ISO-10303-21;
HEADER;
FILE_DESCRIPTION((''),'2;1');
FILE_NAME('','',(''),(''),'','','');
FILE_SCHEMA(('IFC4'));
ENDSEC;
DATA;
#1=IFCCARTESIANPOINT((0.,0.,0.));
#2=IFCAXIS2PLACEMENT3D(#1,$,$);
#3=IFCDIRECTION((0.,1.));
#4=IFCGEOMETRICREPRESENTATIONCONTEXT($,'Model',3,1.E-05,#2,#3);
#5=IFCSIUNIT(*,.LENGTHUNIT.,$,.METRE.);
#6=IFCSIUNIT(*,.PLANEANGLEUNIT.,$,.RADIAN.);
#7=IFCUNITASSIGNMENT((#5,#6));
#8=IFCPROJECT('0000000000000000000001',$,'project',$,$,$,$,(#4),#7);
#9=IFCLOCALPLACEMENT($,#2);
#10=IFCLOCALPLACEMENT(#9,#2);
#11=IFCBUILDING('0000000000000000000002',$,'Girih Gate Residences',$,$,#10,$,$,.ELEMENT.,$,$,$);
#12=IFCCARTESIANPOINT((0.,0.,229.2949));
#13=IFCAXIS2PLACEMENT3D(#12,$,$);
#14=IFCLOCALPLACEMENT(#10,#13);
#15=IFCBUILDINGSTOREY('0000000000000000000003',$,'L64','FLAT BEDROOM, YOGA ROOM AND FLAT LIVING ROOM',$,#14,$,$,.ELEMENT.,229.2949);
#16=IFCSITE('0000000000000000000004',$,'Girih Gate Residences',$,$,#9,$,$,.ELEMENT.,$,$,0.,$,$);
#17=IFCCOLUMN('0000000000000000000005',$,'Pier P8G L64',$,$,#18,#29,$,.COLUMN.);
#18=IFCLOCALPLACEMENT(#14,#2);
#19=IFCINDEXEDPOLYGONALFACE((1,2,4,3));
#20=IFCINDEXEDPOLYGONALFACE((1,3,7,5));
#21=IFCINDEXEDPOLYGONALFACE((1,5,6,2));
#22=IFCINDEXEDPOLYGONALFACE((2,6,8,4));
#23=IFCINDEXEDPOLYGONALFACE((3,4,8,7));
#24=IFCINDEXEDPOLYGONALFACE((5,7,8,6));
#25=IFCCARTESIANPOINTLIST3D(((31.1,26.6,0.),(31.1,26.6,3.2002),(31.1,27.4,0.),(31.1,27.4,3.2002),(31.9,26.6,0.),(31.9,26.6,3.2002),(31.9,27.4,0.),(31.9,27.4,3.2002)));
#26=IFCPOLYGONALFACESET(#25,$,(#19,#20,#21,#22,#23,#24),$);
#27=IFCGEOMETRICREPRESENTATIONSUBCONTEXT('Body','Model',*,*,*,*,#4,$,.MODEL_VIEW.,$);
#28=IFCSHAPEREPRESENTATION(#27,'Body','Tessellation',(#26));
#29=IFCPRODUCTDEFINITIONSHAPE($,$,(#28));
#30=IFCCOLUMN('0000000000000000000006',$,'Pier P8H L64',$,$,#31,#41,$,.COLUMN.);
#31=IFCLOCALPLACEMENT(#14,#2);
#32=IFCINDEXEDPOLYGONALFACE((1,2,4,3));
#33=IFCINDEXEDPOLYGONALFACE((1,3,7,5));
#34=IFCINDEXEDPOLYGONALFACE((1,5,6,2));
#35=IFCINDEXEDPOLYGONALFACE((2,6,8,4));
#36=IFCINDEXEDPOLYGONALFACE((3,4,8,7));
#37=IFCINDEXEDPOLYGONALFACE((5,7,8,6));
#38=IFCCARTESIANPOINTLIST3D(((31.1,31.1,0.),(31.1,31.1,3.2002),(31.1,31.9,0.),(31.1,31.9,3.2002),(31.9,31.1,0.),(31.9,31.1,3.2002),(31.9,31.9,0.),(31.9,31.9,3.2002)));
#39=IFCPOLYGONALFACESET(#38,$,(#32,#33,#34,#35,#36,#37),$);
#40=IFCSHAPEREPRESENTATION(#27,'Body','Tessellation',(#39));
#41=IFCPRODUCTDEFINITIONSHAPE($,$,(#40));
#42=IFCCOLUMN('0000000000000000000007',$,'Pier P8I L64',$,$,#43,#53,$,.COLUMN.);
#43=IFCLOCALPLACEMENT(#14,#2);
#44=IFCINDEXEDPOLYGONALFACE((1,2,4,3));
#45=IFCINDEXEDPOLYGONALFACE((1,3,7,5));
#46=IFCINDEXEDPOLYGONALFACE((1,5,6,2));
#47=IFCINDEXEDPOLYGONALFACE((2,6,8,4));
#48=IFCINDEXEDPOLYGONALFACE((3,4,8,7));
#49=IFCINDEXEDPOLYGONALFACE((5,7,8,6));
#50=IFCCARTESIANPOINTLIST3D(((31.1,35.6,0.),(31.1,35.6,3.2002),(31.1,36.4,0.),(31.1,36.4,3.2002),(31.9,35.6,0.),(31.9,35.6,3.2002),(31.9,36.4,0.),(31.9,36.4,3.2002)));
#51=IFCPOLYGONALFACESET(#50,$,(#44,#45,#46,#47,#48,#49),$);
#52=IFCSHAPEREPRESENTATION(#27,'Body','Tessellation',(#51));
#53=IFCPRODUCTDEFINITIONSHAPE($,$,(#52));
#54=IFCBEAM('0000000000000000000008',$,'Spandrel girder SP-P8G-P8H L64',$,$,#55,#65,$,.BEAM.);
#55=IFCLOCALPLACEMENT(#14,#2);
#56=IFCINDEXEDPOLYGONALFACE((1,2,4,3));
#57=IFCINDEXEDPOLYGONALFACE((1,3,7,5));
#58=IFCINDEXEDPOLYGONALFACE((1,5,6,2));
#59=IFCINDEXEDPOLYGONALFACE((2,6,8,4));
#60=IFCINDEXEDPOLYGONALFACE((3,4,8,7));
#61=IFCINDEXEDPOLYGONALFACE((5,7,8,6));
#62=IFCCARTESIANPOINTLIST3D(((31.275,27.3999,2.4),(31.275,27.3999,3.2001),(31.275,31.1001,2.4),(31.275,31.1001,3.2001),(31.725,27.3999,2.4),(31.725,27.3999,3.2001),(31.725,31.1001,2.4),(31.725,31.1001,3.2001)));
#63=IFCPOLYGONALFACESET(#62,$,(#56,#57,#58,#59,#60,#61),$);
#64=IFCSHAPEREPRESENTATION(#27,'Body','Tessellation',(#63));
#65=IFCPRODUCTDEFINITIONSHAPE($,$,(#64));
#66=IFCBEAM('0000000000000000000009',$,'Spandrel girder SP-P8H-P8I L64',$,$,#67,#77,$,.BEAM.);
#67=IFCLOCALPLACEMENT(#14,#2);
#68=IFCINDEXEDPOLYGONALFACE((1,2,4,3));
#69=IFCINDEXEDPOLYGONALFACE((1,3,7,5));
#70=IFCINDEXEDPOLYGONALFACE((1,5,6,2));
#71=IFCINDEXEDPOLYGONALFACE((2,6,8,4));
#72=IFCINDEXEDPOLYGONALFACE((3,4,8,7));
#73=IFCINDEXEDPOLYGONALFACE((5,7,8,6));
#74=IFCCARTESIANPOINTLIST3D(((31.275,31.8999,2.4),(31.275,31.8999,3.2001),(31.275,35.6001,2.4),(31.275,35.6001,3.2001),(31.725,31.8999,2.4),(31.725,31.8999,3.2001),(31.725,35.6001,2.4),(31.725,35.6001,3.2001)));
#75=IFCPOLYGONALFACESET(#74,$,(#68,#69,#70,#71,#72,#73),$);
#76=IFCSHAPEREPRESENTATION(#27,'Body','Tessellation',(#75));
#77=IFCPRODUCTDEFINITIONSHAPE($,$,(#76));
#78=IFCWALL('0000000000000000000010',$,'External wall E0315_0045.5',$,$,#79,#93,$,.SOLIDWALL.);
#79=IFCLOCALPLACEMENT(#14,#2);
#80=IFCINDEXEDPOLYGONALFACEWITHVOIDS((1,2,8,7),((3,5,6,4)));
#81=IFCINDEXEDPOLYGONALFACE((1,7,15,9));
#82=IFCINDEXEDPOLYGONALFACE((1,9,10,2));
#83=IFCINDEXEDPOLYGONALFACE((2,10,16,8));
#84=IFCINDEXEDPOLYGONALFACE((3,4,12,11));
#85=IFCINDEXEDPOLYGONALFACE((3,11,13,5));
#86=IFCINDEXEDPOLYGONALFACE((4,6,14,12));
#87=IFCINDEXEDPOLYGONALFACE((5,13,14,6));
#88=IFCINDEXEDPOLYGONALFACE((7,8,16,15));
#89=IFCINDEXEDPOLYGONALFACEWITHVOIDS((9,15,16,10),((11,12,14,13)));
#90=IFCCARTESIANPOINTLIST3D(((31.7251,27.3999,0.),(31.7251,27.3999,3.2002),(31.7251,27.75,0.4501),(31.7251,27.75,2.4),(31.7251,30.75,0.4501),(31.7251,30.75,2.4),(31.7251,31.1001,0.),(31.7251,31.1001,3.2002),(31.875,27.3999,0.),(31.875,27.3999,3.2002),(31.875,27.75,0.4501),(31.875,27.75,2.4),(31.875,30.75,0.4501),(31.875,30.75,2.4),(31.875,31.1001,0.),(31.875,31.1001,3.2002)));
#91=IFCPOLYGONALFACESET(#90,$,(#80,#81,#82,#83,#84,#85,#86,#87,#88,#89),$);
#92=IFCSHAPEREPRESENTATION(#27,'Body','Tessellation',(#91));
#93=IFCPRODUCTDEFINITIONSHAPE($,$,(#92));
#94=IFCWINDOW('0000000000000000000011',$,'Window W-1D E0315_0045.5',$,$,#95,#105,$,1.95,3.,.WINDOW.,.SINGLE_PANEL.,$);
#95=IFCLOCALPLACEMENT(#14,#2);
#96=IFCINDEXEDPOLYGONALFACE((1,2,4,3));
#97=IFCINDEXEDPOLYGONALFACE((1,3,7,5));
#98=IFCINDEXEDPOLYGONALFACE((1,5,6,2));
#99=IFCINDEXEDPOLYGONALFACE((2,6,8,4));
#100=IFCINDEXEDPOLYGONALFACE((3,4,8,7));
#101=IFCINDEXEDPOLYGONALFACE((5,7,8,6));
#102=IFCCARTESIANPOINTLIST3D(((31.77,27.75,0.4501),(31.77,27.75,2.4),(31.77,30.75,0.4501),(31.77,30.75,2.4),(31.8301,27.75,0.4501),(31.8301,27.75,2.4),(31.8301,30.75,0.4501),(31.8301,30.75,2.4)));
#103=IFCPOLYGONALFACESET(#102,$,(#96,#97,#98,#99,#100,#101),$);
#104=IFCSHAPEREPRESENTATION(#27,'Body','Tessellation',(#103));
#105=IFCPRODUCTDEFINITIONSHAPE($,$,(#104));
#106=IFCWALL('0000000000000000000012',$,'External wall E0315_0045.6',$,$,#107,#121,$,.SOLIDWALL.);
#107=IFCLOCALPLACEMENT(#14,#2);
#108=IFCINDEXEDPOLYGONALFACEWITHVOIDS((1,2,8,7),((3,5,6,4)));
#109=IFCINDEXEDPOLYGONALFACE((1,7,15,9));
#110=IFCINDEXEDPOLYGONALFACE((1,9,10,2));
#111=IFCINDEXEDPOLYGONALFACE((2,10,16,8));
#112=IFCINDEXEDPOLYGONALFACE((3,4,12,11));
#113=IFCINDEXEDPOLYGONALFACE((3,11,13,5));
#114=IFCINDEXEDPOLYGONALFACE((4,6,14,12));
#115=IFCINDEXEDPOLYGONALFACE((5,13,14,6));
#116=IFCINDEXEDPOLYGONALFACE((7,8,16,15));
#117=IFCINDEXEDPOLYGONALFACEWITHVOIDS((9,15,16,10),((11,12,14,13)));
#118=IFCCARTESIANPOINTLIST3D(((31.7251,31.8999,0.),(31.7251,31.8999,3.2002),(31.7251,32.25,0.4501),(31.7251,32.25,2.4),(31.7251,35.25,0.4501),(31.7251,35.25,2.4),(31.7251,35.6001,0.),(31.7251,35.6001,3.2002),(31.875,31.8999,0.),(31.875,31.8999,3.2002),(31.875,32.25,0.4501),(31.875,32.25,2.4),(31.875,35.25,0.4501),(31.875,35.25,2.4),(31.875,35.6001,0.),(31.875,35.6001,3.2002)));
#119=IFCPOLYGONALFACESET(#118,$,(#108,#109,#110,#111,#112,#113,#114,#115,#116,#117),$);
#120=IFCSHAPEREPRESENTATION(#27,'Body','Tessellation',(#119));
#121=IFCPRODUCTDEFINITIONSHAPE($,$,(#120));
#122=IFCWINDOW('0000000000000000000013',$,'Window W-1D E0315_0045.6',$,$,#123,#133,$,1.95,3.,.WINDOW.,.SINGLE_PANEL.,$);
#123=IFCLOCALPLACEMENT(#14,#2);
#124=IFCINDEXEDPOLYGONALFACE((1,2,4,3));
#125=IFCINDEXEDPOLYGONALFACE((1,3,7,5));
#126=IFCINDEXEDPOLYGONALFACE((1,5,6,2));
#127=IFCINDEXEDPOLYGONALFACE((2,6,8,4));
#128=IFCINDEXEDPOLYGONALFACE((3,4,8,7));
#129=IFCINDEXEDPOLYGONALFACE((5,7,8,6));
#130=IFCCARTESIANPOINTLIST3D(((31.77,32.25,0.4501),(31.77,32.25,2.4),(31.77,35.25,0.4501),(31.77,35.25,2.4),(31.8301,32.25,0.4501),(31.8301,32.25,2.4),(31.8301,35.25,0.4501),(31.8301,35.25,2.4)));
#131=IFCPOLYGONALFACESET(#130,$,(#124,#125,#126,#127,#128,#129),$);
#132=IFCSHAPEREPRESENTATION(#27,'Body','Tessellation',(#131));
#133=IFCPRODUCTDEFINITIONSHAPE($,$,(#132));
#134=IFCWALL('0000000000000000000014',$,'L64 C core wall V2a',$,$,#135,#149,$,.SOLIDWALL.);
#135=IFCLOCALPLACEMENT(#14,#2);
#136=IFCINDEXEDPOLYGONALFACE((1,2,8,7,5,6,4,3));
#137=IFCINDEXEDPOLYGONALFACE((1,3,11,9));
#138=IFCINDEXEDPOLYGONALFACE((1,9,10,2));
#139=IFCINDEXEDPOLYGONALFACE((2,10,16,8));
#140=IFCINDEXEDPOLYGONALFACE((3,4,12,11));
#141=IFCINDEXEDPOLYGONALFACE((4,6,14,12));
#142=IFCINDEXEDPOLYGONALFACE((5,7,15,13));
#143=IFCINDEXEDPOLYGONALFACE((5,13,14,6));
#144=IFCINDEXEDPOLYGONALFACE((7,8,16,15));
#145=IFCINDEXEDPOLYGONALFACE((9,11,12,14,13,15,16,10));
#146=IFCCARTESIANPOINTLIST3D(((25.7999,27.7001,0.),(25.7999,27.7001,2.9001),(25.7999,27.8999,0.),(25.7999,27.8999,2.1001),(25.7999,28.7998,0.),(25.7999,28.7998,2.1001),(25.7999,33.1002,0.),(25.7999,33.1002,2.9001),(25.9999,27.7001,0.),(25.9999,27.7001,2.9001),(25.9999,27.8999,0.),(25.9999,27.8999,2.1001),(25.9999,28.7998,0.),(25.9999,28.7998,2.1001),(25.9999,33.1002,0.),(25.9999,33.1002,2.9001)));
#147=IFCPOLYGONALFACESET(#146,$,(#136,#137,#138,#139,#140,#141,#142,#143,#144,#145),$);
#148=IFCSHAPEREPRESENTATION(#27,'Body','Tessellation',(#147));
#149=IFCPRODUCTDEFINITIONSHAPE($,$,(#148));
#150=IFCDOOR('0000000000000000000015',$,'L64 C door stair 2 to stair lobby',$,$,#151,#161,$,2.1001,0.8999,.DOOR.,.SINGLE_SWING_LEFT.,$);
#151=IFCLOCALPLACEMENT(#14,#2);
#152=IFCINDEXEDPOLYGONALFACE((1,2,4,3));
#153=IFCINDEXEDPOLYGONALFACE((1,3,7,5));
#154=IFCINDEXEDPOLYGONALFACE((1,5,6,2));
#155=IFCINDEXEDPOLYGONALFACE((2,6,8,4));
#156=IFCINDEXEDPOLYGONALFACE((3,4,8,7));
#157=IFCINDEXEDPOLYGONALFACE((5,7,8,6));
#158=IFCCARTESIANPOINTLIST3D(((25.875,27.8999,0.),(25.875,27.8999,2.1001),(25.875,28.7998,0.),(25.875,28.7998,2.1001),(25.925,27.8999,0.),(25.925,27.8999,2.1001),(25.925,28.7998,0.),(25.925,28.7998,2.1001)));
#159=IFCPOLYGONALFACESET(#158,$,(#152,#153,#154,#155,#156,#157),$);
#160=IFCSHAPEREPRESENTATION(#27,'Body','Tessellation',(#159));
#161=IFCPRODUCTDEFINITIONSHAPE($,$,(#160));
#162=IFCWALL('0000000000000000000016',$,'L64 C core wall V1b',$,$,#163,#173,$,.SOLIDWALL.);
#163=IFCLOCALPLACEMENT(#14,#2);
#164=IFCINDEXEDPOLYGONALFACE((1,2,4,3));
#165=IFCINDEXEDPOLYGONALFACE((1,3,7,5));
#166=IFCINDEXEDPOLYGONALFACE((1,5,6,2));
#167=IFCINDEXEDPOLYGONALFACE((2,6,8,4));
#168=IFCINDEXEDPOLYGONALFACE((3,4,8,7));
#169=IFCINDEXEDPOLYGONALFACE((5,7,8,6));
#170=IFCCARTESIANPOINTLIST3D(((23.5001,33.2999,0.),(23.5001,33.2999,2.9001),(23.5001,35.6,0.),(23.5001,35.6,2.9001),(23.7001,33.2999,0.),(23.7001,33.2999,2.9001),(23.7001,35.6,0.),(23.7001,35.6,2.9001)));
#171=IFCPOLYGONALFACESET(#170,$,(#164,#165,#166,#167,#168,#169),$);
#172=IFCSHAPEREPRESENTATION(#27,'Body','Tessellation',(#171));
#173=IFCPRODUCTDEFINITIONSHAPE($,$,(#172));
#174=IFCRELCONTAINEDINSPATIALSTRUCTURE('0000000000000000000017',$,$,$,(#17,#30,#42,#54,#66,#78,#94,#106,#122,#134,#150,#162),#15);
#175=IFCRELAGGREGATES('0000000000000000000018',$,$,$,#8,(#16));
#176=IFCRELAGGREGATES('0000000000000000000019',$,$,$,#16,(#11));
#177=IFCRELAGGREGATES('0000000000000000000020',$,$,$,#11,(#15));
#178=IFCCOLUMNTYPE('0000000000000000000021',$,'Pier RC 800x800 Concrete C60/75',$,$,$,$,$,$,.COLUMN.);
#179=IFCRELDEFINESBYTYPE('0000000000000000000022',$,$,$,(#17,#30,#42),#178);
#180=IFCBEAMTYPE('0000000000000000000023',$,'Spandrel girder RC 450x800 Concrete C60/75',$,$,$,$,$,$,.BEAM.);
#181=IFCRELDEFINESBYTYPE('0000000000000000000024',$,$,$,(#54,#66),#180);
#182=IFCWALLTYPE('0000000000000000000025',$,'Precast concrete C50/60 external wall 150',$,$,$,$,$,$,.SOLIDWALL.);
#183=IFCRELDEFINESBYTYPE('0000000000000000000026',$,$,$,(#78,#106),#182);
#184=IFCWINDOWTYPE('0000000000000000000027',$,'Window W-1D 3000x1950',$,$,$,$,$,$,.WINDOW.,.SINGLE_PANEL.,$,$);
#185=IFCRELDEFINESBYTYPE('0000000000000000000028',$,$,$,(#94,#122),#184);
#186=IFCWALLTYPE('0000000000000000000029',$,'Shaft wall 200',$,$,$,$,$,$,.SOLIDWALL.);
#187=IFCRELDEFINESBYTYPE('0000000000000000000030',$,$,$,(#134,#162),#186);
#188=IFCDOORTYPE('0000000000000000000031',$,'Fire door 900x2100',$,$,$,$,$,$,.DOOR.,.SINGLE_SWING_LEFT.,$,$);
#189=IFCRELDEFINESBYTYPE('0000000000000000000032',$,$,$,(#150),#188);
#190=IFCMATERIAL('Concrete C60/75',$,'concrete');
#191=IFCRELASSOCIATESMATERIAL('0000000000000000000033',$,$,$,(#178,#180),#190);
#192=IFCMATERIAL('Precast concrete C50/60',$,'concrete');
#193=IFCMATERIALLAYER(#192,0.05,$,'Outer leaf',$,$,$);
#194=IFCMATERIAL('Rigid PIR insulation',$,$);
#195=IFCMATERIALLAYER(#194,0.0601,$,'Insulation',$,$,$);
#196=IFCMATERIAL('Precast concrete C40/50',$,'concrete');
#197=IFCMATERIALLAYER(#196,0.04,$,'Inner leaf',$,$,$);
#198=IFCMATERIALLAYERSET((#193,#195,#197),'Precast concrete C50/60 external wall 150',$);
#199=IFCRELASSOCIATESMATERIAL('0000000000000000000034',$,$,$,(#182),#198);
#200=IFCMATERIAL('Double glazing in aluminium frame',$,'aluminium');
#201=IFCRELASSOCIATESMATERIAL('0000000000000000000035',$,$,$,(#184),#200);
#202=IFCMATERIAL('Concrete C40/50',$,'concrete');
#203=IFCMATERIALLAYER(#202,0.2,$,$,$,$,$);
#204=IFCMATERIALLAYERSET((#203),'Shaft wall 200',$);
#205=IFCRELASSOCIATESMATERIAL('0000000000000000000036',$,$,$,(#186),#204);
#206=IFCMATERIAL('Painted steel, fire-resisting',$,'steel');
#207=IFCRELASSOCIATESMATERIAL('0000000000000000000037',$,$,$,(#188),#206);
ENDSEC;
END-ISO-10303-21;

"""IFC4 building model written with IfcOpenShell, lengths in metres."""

from ifc_helpers import new_model, si_unit, direction, frame, frame_2d, origin, origin_2d, place, context, subcontext, project, spatial, rectangle, extrude, material, layer, layer_set, material_profile, profile_set, type_object, element, fill, save


model = new_model("IFC4")

# Units and contexts
model_context = context("Model", 3, precision=1e-05, world=origin(), true_north=direction((0.0, 1.0)))
body_context = subcontext(model_context, "Body", "Model", "MODEL_VIEW")
ifc_project = project(units=[si_unit("LENGTHUNIT", "METRE"), si_unit("PLANEANGLEUNIT", "RADIAN")], contexts=[model_context])

# Site, building, storey
site_placement = place(None, origin())
site = spatial("IfcSite", under=ifc_project, at=site_placement, Name="Girih Gate Residences", CompositionType="ELEMENT", RefElevation=0.0)
building_placement = place(site_placement, origin())
building = spatial("IfcBuilding", under=site, at=building_placement, Name="Girih Gate Residences", CompositionType="ELEMENT")
storey_placement = place(building_placement, frame((0.0, 0.0, 229.2949)))
storey = spatial("IfcBuildingStorey", under=building, at=storey_placement, Name="L64", Description="FLAT BEDROOM, YOGA ROOM AND FLAT LIVING ROOM", CompositionType="ELEMENT", Elevation=229.2949)

# Columns
ifc_material_1 = material(Name="Concrete C60/75", Category="concrete")
ifc_material_profile_1 = material_profile(ifc_material_1, rectangle(XDim=0.8, YDim=0.8, at=origin_2d()))
ifc_profile_set_1 = profile_set([ifc_material_profile_1], Name="Concrete C60/75")
column_type = type_object("IfcColumnType", Name="Pier RC 800x800 Concrete C60/75", PredefinedType="COLUMN", material=ifc_profile_set_1)
for number, where, z_axis, x_axis, name in (
    (1, (31.5, 27.0, 0.0), (0.0, 0.0, 1.0), (1.0, 0.0, 0.0), "Pier P8G L64"),
    (2, (31.5, 31.5, 0.0), (0.0, 0.0, 1.0), (1.0, 0.0, 0.0), "Pier P8H L64"),
    (3, (31.5, 36.0, 0.0), (0.0, 0.0, 1.0), (1.0, 0.0, 0.0), "Pier P8I L64"),
):
    element("IfcColumn", number, at=place(storey_placement, frame(where, z_axis=z_axis, x_axis=x_axis)), inside=storey, type_object=column_type, Name=name, PredefinedType="COLUMN", context=body_context, shape_type="SweptSolid", body=[
        extrude(rectangle(XDim=0.8, YDim=0.8, at=origin_2d()), origin(), (0.0, 0.0, 1.0), 3.2002),
    ])

# Beams
ifc_material_profile_2 = material_profile(ifc_material_1, rectangle(XDim=0.45, YDim=0.8, at=origin_2d()))
ifc_profile_set_2 = profile_set([ifc_material_profile_2], Name="Concrete C60/75")
beam_type = type_object("IfcBeamType", Name="Spandrel girder RC 450x800 Concrete C60/75", PredefinedType="BEAM", material=ifc_profile_set_2)
for number, where, z_axis, x_axis, name in (
    (4, (31.5, 27.3999, 2.8), (0.0, 1.0, 0.0), (-1.0, 0.0, 0.0), "Spandrel girder SP-P8G-P8H L64"),
    (5, (31.5, 31.8999, 2.8), (0.0, 1.0, 0.0), (-1.0, 0.0, 0.0), "Spandrel girder SP-P8H-P8I L64"),
):
    element("IfcBeam", number, at=place(storey_placement, frame(where, z_axis=z_axis, x_axis=x_axis)), inside=storey, type_object=beam_type, Name=name, PredefinedType="BEAM", context=body_context, shape_type="SweptSolid", body=[
        extrude(rectangle(XDim=0.45, YDim=0.8, at=origin_2d()), origin(), (0.0, 0.0, 1.0), 3.7002),
    ])

# Walls, openings, windows
ifc_material_2 = material(Name="Precast concrete C50/60", Category="concrete")
ifc_layer_1 = layer(ifc_material_2, 0.05, Name="Outer leaf")
ifc_material_3 = material(Name="Rigid PIR insulation")
ifc_layer_2 = layer(ifc_material_3, 0.0601, Name="Insulation")
ifc_material_4 = material(Name="Precast concrete C40/50", Category="concrete")
ifc_layer_3 = layer(ifc_material_4, 0.04, Name="Inner leaf")
ifc_layer_set_1 = layer_set([ifc_layer_1, ifc_layer_2, ifc_layer_3], Name="Precast concrete C50/60 external wall 150")
wall_type_1 = type_object("IfcWallType", Name="Precast concrete C50/60 external wall 150", PredefinedType="SOLIDWALL", material=ifc_layer_set_1)
wall_1_placement = place(storey_placement, frame((31.8, 31.1001, 0.0), z_axis=(0.0, 0.0, 1.0), x_axis=(0.0, -1.0, 0.0)))
wall_1 = element("IfcWall", 6, at=wall_1_placement, inside=storey, type_object=wall_type_1, Name="External wall E0315_0045.5", PredefinedType="SOLIDWALL", context=body_context, shape_type="SweptSolid", body=[
    extrude(rectangle(XDim=3.7002, YDim=0.1499, at=frame_2d((1.8501, 0.0))), origin(), (0.0, 0.0, 1.0), 3.2002),
])
opening_1_placement = place(wall_1_placement, frame((0.3501, 0.0, 0.45)))
opening_1 = element("IfcOpeningElement", 7, at=opening_1_placement, cuts=wall_1, PredefinedType="OPENING", context=body_context, shape_type="SweptSolid", body=[
    extrude(rectangle(XDim=3.0, YDim=1.95, at=frame_2d((1.5, 0.9751))), frame((0.0, 0.085, 0.0), z_axis=(0.0, -1.0, 0.0), x_axis=(1.0, 0.0, 0.0)), (0.0, 0.0, 1.0), 0.1699),
])
ifc_material_5 = material(Name="Double glazing in aluminium frame", Category="aluminium")
window_type = type_object("IfcWindowType", Name="Window W-1D 3000x1950", PartitioningType="SINGLE_PANEL", PredefinedType="WINDOW", material=ifc_material_5)
window_1_placement = place(opening_1_placement, origin())
window_1 = element("IfcWindow", 8, at=window_1_placement, inside=storey, type_object=window_type, Name="Window W-1D E0315_0045.5", OverallHeight=1.95, OverallWidth=3.0, PartitioningType="SINGLE_PANEL", PredefinedType="WINDOW", context=body_context, shape_type="SweptSolid", body=[
    extrude(rectangle(XDim=3.0, YDim=1.95, at=frame_2d((1.5, 0.9751))), frame((0.0, 0.03, 0.0), z_axis=(0.0, -1.0, 0.0), x_axis=(1.0, 0.0, 0.0)), (0.0, 0.0, 1.0), 0.0601),
])
fill(opening_1, window_1)
wall_2_placement = place(storey_placement, frame((31.8, 35.6001, 0.0), z_axis=(0.0, 0.0, 1.0), x_axis=(0.0, -1.0, 0.0)))
wall_2 = element("IfcWall", 9, at=wall_2_placement, inside=storey, type_object=wall_type_1, Name="External wall E0315_0045.6", PredefinedType="SOLIDWALL", context=body_context, shape_type="SweptSolid", body=[
    extrude(rectangle(XDim=3.7002, YDim=0.1499, at=frame_2d((1.8501, 0.0))), origin(), (0.0, 0.0, 1.0), 3.2002),
])
opening_2_placement = place(wall_2_placement, frame((0.3501, 0.0, 0.45)))
opening_2 = element("IfcOpeningElement", 10, at=opening_2_placement, cuts=wall_2, PredefinedType="OPENING", context=body_context, shape_type="SweptSolid", body=[
    extrude(rectangle(XDim=3.0, YDim=1.95, at=frame_2d((1.5, 0.9751))), frame((0.0, 0.085, 0.0), z_axis=(0.0, -1.0, 0.0), x_axis=(1.0, 0.0, 0.0)), (0.0, 0.0, 1.0), 0.1699),
])
window_2_placement = place(opening_2_placement, origin())
window_2 = element("IfcWindow", 11, at=window_2_placement, inside=storey, type_object=window_type, Name="Window W-1D E0315_0045.6", OverallHeight=1.95, OverallWidth=3.0, PartitioningType="SINGLE_PANEL", PredefinedType="WINDOW", context=body_context, shape_type="SweptSolid", body=[
    extrude(rectangle(XDim=3.0, YDim=1.95, at=frame_2d((1.5, 0.9751))), frame((0.0, 0.03, 0.0), z_axis=(0.0, -1.0, 0.0), x_axis=(1.0, 0.0, 0.0)), (0.0, 0.0, 1.0), 0.0601),
])
fill(opening_2, window_2)

# Wall, opening, door
ifc_material_6 = material(Name="Concrete C40/50", Category="concrete")
ifc_layer_4 = layer(ifc_material_6, 0.2)
ifc_layer_set_2 = layer_set([ifc_layer_4], Name="Shaft wall 200")
wall_type_2 = type_object("IfcWallType", Name="Shaft wall 200", PredefinedType="SOLIDWALL", material=ifc_layer_set_2)
wall_3_placement = place(storey_placement, frame((25.8999, 27.7, 0.0), z_axis=(0.0, 0.0, 1.0), x_axis=(0.0, 1.0, 0.0)))
wall_3 = element("IfcWall", 12, at=wall_3_placement, inside=storey, type_object=wall_type_2, Name="L64 C core wall V2a", PredefinedType="SOLIDWALL", context=body_context, shape_type="SweptSolid", body=[
    extrude(rectangle(XDim=5.4001, YDim=0.2, at=frame_2d((2.7002, 0.0))), origin(), (0.0, 0.0, 1.0), 2.9001),
])
opening_3_placement = place(wall_3_placement, frame((0.2, 0.0, 0.0)))
opening_3 = element("IfcOpeningElement", 13, at=opening_3_placement, cuts=wall_3, PredefinedType="OPENING", context=body_context, shape_type="SweptSolid", body=[
    extrude(rectangle(XDim=0.8999, YDim=2.1001, at=frame_2d((0.45, 1.05))), frame((0.0, 0.1099, 0.0), z_axis=(0.0, -1.0, 0.0), x_axis=(1.0, 0.0, 0.0)), (0.0, 0.0, 1.0), 0.22),
])
ifc_material_7 = material(Name="Painted steel, fire-resisting", Category="steel")
door_type_1 = type_object("IfcDoorType", Name="Fire door 900x2100", OperationType="SINGLE_SWING_LEFT", PredefinedType="DOOR", material=ifc_material_7)
door_1_placement = place(opening_3_placement, origin())
door_1 = element("IfcDoor", 14, at=door_1_placement, inside=storey, type_object=door_type_1, Name="L64 C door stair 2 to stair lobby", OperationType="SINGLE_SWING_LEFT", OverallHeight=2.1001, OverallWidth=0.8999, PredefinedType="DOOR", context=body_context, shape_type="SweptSolid", body=[
    extrude(rectangle(XDim=0.8999, YDim=2.1001, at=frame_2d((0.45, 1.05))), frame((0.0, 0.0249, 0.0), z_axis=(0.0, -1.0, 0.0), x_axis=(1.0, 0.0, 0.0)), (0.0, 0.0, 1.0), 0.05),
])
fill(opening_3, door_1)

# Wall
for number, where, z_axis, x_axis, name in (
    (15, (23.6001, 33.3, 0.0), (0.0, 0.0, 1.0), (0.0, 1.0, 0.0), "L64 C core wall V1b"),
):
    element("IfcWall", number, at=place(storey_placement, frame(where, z_axis=z_axis, x_axis=x_axis)), inside=storey, type_object=wall_type_2, Name=name, PredefinedType="SOLIDWALL", context=body_context, shape_type="SweptSolid", body=[
        extrude(rectangle(XDim=2.3, YDim=0.2, at=frame_2d((1.1499, 0.0))), origin(), (0.0, 0.0, 1.0), 2.9001),
    ])

save(model, "model.ifc")
